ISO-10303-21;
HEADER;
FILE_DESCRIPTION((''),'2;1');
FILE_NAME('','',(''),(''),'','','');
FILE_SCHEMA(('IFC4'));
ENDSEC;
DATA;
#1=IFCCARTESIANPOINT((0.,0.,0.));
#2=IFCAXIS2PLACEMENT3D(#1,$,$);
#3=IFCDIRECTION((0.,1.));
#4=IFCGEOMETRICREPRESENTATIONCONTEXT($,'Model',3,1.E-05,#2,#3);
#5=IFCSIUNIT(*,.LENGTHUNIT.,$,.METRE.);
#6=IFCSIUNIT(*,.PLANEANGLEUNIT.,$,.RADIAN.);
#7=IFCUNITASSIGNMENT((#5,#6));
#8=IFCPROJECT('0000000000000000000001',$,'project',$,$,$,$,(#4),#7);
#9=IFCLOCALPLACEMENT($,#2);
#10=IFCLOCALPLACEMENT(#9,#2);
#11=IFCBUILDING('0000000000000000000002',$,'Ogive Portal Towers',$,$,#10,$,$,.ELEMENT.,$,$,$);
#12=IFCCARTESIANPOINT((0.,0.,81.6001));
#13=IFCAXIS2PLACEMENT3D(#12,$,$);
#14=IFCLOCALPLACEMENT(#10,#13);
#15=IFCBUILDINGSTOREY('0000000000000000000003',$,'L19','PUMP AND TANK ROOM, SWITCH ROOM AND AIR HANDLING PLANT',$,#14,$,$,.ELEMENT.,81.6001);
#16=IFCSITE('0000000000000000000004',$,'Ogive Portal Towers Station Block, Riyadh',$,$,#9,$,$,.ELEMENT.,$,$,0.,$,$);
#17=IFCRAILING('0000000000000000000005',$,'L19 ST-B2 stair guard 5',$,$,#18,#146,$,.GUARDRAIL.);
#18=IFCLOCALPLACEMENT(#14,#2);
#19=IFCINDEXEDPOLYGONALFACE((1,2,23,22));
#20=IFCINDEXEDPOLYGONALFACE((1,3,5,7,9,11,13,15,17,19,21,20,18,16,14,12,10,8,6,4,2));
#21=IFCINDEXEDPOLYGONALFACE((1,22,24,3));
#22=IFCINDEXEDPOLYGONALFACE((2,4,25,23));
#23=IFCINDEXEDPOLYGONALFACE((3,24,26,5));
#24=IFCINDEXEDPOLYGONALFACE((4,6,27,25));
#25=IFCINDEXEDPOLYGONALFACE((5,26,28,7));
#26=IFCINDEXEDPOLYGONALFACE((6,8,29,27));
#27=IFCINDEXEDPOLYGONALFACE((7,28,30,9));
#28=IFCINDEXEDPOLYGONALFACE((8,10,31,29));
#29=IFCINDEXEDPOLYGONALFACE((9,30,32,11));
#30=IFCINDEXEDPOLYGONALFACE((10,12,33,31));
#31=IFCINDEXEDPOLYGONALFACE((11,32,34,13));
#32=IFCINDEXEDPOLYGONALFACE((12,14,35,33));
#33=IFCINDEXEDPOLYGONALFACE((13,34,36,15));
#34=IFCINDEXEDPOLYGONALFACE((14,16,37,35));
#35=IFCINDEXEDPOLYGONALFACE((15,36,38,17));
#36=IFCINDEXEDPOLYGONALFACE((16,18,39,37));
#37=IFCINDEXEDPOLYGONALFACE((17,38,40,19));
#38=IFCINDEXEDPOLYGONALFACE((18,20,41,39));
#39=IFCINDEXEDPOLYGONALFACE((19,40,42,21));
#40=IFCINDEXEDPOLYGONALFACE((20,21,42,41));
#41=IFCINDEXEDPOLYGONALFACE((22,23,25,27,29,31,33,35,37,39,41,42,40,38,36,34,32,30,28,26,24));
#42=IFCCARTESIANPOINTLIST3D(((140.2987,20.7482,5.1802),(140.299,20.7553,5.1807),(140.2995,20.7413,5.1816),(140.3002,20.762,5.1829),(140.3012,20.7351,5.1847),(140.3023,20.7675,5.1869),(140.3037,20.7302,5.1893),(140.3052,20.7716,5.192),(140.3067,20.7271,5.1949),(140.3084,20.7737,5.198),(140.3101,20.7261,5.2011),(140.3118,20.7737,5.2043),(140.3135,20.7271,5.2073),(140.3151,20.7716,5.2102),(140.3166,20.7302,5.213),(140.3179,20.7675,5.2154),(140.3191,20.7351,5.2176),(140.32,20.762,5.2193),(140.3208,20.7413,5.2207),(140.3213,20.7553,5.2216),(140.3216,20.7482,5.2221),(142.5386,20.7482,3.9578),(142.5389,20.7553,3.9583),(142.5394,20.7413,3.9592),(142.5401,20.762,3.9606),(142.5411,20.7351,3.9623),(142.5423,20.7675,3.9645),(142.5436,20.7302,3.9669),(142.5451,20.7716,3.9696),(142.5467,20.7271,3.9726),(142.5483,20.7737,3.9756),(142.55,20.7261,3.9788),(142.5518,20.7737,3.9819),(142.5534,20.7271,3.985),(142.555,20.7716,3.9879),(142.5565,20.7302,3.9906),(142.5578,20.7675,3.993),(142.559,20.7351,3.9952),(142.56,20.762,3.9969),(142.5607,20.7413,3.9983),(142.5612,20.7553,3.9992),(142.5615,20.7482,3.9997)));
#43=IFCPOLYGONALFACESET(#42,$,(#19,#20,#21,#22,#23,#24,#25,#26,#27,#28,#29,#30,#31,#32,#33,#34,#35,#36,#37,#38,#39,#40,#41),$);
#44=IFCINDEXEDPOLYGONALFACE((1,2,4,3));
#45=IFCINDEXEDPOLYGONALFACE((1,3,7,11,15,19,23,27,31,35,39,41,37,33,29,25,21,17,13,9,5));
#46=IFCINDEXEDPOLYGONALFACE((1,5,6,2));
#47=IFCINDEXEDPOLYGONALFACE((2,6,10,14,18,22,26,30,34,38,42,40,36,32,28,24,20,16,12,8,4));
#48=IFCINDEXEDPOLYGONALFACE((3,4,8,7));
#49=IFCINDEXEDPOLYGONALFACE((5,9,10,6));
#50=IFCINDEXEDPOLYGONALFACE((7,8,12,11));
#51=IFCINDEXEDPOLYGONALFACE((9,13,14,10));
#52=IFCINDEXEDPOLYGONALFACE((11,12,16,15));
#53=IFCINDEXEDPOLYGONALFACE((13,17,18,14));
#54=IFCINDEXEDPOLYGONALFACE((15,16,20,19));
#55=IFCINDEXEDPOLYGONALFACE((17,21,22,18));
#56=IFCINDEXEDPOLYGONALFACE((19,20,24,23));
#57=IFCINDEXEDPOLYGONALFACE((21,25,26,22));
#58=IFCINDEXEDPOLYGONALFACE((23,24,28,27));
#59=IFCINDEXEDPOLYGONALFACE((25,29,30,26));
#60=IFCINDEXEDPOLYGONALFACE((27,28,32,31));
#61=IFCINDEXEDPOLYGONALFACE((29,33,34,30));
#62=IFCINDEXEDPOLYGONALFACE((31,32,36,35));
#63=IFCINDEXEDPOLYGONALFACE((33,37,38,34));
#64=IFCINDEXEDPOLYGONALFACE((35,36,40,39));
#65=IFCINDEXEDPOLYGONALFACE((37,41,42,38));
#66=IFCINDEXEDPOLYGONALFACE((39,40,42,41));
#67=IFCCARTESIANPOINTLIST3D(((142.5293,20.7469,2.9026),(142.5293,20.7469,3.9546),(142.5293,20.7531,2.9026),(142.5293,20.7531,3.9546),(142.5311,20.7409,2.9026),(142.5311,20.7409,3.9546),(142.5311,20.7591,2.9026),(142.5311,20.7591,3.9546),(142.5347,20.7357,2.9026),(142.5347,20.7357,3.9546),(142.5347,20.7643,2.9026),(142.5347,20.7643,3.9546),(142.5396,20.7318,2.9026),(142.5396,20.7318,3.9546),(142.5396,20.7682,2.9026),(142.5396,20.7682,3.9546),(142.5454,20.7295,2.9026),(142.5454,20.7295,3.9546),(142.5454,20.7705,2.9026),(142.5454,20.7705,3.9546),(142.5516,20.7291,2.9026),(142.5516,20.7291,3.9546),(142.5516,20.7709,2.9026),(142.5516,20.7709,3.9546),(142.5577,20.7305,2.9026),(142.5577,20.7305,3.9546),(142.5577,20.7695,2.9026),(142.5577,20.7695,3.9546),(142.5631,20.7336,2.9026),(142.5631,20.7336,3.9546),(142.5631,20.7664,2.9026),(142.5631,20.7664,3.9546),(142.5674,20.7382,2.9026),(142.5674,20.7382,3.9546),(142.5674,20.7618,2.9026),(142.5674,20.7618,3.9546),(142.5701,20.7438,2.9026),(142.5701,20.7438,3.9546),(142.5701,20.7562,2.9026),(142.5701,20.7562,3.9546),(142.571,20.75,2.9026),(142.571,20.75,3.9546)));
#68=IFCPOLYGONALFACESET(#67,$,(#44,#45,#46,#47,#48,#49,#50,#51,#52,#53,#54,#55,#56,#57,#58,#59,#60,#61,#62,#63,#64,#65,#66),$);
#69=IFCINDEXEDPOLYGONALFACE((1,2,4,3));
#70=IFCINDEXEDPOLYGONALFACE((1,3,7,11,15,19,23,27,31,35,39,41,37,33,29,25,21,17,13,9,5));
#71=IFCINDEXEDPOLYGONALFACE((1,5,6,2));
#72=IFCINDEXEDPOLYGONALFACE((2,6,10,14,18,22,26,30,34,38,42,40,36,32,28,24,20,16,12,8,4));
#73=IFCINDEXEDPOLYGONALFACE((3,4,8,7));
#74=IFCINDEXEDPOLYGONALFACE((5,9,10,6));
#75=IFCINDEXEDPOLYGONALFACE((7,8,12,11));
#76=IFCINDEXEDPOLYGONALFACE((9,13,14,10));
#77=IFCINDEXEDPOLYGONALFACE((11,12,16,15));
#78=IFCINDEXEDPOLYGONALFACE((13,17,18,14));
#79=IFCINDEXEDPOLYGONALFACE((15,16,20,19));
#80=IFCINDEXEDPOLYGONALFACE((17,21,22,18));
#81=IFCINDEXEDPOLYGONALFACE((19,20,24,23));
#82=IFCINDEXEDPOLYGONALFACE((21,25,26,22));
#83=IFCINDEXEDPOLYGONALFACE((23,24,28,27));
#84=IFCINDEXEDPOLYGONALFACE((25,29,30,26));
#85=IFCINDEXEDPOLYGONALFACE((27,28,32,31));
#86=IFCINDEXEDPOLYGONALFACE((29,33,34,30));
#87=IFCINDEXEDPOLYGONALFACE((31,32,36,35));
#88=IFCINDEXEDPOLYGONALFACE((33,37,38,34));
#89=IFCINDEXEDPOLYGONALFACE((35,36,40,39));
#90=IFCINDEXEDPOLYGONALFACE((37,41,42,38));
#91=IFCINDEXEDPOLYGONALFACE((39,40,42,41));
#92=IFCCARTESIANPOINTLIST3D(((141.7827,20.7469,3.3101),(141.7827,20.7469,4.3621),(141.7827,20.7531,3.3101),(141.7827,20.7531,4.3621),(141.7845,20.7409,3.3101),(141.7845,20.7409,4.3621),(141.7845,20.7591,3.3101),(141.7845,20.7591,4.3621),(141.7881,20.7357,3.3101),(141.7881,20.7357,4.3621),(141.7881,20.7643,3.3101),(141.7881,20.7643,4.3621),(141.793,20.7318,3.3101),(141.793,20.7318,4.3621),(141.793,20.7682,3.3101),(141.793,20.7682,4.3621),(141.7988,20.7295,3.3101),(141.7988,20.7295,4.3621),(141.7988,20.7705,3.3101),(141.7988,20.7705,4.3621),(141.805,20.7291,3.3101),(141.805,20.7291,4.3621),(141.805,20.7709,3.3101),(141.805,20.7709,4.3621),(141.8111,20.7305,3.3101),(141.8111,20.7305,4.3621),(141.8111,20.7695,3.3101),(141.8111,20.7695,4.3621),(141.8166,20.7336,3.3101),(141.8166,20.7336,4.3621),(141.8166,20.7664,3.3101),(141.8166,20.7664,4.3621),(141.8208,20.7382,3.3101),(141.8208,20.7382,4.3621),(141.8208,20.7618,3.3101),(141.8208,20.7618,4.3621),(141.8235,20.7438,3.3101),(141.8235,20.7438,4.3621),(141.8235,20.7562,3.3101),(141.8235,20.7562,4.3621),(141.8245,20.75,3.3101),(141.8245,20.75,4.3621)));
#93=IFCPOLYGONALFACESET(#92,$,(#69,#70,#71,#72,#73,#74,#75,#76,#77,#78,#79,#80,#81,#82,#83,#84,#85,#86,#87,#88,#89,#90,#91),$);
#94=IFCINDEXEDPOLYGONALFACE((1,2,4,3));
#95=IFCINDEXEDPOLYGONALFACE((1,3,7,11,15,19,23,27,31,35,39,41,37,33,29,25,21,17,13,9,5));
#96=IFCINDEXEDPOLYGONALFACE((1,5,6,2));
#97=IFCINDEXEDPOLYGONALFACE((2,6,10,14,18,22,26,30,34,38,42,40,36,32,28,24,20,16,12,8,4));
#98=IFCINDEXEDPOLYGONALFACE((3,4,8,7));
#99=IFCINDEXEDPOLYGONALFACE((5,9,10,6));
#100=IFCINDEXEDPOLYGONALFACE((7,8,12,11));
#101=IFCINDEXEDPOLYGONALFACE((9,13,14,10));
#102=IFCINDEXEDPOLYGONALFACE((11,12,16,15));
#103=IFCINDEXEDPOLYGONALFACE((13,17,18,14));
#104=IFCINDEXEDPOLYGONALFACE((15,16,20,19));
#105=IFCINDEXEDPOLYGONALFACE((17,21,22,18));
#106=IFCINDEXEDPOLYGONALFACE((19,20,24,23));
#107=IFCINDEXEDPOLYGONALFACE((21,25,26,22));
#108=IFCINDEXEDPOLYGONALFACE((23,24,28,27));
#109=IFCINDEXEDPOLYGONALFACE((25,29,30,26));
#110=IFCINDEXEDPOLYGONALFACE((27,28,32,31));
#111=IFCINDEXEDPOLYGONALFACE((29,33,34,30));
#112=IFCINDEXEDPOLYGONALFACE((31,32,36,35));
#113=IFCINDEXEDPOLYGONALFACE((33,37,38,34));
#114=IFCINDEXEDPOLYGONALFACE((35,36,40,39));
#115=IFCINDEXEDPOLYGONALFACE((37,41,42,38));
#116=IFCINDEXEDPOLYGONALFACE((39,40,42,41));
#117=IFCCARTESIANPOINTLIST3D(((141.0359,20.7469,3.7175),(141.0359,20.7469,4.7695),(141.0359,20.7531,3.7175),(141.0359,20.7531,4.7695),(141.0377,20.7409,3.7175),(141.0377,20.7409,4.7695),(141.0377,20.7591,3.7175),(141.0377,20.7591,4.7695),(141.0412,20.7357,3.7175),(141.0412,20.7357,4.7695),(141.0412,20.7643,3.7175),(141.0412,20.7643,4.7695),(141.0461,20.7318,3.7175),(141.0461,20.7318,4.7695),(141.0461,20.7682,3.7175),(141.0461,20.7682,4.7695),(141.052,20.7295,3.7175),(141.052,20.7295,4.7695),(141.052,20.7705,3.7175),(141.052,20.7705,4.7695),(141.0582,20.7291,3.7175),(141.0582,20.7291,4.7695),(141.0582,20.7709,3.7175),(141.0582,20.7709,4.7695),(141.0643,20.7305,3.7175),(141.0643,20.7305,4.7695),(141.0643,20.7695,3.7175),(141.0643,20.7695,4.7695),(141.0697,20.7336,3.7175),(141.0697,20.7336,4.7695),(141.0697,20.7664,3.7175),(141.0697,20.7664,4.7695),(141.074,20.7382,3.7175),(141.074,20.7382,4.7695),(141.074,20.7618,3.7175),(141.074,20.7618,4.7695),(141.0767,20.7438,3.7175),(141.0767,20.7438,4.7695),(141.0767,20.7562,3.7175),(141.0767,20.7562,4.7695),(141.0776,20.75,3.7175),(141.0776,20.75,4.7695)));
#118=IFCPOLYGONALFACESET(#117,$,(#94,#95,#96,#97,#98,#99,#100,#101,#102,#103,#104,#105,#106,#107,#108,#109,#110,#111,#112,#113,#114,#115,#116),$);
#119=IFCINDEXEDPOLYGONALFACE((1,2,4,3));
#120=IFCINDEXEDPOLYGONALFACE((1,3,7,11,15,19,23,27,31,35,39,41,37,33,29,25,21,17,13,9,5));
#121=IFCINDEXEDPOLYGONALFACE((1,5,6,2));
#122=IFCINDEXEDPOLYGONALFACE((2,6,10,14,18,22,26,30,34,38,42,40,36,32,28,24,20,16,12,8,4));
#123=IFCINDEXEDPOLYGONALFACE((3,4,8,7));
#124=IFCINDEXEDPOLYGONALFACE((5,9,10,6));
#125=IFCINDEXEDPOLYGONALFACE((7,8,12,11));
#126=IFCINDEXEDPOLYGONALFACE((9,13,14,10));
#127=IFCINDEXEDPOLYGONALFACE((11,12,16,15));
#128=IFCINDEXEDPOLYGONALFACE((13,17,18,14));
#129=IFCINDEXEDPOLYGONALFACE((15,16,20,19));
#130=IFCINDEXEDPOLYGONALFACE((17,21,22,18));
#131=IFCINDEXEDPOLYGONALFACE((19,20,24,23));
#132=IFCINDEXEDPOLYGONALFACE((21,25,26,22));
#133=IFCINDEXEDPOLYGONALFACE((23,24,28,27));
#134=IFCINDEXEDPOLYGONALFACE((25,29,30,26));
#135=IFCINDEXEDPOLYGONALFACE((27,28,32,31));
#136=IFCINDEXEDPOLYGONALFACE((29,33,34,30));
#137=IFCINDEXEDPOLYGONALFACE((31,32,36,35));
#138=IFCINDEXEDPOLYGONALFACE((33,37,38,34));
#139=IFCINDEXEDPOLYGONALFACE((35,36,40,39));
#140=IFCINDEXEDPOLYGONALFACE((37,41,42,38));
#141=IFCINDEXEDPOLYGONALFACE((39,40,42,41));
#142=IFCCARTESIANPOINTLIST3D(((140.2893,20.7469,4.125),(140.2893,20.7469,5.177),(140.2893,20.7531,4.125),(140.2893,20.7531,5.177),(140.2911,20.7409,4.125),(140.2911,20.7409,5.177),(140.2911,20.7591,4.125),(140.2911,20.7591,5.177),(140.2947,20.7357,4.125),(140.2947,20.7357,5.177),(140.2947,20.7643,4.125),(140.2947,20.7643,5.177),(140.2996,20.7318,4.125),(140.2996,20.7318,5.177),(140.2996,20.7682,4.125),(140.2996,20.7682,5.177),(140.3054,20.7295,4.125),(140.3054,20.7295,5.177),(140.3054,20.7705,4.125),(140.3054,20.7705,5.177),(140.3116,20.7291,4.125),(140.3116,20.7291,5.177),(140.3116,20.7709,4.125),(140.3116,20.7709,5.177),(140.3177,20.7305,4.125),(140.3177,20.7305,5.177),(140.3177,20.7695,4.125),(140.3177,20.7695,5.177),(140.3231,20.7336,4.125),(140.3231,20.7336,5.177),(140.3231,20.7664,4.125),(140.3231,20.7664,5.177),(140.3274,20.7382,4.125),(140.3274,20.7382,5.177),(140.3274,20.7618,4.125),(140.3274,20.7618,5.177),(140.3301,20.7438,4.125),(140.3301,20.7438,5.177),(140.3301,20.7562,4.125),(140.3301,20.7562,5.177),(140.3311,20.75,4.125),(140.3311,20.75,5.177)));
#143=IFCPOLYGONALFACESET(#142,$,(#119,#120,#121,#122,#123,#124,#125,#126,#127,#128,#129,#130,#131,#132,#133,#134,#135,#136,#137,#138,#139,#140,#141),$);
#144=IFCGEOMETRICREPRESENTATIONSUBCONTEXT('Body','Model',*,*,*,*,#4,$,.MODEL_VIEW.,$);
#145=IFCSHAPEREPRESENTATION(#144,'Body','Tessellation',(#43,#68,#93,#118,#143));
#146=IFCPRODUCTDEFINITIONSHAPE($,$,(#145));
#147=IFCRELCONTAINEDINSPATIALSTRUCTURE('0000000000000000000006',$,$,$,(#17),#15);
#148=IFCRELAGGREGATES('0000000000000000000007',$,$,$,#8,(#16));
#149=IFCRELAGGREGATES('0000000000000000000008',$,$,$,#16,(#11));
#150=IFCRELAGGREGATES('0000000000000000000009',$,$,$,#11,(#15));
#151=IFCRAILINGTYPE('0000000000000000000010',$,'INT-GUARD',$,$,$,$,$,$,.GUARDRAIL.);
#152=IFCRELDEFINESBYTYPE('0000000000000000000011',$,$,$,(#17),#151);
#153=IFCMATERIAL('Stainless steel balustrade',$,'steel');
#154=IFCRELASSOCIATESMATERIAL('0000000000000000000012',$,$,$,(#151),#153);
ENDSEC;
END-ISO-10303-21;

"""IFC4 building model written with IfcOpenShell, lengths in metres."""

from ifc_helpers import new_model, si_unit, direction, frame, origin, origin_2d, place, context, subcontext, project, spatial, circle, extrude, material, type_object, element, save


model = new_model("IFC4")

# Units and contexts
model_context = context("Model", 3, precision=1e-05, world=origin(), true_north=direction((0.0, 1.0)))
body_context = subcontext(model_context, "Body", "Model", "MODEL_VIEW")
ifc_project = project(units=[si_unit("LENGTHUNIT", "METRE"), si_unit("PLANEANGLEUNIT", "RADIAN")], contexts=[model_context])

# Site, building, storey
site_placement = place(None, origin())
site = spatial("IfcSite", under=ifc_project, at=site_placement, Name="Ogive Portal Towers Station Block, Riyadh", CompositionType="ELEMENT", RefElevation=0.0)
building_placement = place(site_placement, origin())
building = spatial("IfcBuilding", under=site, at=building_placement, Name="Ogive Portal Towers", CompositionType="ELEMENT")
storey_placement = place(building_placement, frame((0.0, 0.0, 81.6001)))
storey = spatial("IfcBuildingStorey", under=building, at=storey_placement, Name="L19", Description="PUMP AND TANK ROOM, SWITCH ROOM AND AIR HANDLING PLANT", CompositionType="ELEMENT", Elevation=81.6001)

# Railing
ifc_material_1 = material(Name="Stainless steel balustrade", Category="steel")
railing_type_1 = type_object("IfcRailingType", Name="INT-GUARD", PredefinedType="GUARDRAIL", material=ifc_material_1)
railing_1_placement = place(storey_placement, frame((142.55, 20.75, 2.9026)))
element("IfcRailing", 1, at=railing_1_placement, inside=storey, type_object=railing_type_1, Name="L19 ST-B2 stair guard 5", PredefinedType="GUARDRAIL", context=body_context, shape_type="SweptSolid", body=[
    extrude(circle(Radius=0.0239, at=origin_2d()), frame((0.0, 0.0, 1.0762), z_axis=(-0.877797, 0.0, 0.479033), x_axis=(0.0, -1.0, 0.0)), (0.0, 0.0, 1.0), 2.5518),
    extrude(circle(Radius=0.021, at=origin_2d()), origin(), (0.0, 0.0, 1.0), 1.052),
    extrude(circle(Radius=0.021, at=origin_2d()), frame((-0.7466, 0.0, 0.4075)), (0.0, 0.0, 1.0), 1.052),
    extrude(circle(Radius=0.021, at=origin_2d()), frame((-1.4934, 0.0, 0.8149)), (0.0, 0.0, 1.0), 1.052),
    extrude(circle(Radius=0.021, at=origin_2d()), frame((-2.24, 0.0, 1.2224)), (0.0, 0.0, 1.0), 1.052),
])

save(model, "model.ifc")
